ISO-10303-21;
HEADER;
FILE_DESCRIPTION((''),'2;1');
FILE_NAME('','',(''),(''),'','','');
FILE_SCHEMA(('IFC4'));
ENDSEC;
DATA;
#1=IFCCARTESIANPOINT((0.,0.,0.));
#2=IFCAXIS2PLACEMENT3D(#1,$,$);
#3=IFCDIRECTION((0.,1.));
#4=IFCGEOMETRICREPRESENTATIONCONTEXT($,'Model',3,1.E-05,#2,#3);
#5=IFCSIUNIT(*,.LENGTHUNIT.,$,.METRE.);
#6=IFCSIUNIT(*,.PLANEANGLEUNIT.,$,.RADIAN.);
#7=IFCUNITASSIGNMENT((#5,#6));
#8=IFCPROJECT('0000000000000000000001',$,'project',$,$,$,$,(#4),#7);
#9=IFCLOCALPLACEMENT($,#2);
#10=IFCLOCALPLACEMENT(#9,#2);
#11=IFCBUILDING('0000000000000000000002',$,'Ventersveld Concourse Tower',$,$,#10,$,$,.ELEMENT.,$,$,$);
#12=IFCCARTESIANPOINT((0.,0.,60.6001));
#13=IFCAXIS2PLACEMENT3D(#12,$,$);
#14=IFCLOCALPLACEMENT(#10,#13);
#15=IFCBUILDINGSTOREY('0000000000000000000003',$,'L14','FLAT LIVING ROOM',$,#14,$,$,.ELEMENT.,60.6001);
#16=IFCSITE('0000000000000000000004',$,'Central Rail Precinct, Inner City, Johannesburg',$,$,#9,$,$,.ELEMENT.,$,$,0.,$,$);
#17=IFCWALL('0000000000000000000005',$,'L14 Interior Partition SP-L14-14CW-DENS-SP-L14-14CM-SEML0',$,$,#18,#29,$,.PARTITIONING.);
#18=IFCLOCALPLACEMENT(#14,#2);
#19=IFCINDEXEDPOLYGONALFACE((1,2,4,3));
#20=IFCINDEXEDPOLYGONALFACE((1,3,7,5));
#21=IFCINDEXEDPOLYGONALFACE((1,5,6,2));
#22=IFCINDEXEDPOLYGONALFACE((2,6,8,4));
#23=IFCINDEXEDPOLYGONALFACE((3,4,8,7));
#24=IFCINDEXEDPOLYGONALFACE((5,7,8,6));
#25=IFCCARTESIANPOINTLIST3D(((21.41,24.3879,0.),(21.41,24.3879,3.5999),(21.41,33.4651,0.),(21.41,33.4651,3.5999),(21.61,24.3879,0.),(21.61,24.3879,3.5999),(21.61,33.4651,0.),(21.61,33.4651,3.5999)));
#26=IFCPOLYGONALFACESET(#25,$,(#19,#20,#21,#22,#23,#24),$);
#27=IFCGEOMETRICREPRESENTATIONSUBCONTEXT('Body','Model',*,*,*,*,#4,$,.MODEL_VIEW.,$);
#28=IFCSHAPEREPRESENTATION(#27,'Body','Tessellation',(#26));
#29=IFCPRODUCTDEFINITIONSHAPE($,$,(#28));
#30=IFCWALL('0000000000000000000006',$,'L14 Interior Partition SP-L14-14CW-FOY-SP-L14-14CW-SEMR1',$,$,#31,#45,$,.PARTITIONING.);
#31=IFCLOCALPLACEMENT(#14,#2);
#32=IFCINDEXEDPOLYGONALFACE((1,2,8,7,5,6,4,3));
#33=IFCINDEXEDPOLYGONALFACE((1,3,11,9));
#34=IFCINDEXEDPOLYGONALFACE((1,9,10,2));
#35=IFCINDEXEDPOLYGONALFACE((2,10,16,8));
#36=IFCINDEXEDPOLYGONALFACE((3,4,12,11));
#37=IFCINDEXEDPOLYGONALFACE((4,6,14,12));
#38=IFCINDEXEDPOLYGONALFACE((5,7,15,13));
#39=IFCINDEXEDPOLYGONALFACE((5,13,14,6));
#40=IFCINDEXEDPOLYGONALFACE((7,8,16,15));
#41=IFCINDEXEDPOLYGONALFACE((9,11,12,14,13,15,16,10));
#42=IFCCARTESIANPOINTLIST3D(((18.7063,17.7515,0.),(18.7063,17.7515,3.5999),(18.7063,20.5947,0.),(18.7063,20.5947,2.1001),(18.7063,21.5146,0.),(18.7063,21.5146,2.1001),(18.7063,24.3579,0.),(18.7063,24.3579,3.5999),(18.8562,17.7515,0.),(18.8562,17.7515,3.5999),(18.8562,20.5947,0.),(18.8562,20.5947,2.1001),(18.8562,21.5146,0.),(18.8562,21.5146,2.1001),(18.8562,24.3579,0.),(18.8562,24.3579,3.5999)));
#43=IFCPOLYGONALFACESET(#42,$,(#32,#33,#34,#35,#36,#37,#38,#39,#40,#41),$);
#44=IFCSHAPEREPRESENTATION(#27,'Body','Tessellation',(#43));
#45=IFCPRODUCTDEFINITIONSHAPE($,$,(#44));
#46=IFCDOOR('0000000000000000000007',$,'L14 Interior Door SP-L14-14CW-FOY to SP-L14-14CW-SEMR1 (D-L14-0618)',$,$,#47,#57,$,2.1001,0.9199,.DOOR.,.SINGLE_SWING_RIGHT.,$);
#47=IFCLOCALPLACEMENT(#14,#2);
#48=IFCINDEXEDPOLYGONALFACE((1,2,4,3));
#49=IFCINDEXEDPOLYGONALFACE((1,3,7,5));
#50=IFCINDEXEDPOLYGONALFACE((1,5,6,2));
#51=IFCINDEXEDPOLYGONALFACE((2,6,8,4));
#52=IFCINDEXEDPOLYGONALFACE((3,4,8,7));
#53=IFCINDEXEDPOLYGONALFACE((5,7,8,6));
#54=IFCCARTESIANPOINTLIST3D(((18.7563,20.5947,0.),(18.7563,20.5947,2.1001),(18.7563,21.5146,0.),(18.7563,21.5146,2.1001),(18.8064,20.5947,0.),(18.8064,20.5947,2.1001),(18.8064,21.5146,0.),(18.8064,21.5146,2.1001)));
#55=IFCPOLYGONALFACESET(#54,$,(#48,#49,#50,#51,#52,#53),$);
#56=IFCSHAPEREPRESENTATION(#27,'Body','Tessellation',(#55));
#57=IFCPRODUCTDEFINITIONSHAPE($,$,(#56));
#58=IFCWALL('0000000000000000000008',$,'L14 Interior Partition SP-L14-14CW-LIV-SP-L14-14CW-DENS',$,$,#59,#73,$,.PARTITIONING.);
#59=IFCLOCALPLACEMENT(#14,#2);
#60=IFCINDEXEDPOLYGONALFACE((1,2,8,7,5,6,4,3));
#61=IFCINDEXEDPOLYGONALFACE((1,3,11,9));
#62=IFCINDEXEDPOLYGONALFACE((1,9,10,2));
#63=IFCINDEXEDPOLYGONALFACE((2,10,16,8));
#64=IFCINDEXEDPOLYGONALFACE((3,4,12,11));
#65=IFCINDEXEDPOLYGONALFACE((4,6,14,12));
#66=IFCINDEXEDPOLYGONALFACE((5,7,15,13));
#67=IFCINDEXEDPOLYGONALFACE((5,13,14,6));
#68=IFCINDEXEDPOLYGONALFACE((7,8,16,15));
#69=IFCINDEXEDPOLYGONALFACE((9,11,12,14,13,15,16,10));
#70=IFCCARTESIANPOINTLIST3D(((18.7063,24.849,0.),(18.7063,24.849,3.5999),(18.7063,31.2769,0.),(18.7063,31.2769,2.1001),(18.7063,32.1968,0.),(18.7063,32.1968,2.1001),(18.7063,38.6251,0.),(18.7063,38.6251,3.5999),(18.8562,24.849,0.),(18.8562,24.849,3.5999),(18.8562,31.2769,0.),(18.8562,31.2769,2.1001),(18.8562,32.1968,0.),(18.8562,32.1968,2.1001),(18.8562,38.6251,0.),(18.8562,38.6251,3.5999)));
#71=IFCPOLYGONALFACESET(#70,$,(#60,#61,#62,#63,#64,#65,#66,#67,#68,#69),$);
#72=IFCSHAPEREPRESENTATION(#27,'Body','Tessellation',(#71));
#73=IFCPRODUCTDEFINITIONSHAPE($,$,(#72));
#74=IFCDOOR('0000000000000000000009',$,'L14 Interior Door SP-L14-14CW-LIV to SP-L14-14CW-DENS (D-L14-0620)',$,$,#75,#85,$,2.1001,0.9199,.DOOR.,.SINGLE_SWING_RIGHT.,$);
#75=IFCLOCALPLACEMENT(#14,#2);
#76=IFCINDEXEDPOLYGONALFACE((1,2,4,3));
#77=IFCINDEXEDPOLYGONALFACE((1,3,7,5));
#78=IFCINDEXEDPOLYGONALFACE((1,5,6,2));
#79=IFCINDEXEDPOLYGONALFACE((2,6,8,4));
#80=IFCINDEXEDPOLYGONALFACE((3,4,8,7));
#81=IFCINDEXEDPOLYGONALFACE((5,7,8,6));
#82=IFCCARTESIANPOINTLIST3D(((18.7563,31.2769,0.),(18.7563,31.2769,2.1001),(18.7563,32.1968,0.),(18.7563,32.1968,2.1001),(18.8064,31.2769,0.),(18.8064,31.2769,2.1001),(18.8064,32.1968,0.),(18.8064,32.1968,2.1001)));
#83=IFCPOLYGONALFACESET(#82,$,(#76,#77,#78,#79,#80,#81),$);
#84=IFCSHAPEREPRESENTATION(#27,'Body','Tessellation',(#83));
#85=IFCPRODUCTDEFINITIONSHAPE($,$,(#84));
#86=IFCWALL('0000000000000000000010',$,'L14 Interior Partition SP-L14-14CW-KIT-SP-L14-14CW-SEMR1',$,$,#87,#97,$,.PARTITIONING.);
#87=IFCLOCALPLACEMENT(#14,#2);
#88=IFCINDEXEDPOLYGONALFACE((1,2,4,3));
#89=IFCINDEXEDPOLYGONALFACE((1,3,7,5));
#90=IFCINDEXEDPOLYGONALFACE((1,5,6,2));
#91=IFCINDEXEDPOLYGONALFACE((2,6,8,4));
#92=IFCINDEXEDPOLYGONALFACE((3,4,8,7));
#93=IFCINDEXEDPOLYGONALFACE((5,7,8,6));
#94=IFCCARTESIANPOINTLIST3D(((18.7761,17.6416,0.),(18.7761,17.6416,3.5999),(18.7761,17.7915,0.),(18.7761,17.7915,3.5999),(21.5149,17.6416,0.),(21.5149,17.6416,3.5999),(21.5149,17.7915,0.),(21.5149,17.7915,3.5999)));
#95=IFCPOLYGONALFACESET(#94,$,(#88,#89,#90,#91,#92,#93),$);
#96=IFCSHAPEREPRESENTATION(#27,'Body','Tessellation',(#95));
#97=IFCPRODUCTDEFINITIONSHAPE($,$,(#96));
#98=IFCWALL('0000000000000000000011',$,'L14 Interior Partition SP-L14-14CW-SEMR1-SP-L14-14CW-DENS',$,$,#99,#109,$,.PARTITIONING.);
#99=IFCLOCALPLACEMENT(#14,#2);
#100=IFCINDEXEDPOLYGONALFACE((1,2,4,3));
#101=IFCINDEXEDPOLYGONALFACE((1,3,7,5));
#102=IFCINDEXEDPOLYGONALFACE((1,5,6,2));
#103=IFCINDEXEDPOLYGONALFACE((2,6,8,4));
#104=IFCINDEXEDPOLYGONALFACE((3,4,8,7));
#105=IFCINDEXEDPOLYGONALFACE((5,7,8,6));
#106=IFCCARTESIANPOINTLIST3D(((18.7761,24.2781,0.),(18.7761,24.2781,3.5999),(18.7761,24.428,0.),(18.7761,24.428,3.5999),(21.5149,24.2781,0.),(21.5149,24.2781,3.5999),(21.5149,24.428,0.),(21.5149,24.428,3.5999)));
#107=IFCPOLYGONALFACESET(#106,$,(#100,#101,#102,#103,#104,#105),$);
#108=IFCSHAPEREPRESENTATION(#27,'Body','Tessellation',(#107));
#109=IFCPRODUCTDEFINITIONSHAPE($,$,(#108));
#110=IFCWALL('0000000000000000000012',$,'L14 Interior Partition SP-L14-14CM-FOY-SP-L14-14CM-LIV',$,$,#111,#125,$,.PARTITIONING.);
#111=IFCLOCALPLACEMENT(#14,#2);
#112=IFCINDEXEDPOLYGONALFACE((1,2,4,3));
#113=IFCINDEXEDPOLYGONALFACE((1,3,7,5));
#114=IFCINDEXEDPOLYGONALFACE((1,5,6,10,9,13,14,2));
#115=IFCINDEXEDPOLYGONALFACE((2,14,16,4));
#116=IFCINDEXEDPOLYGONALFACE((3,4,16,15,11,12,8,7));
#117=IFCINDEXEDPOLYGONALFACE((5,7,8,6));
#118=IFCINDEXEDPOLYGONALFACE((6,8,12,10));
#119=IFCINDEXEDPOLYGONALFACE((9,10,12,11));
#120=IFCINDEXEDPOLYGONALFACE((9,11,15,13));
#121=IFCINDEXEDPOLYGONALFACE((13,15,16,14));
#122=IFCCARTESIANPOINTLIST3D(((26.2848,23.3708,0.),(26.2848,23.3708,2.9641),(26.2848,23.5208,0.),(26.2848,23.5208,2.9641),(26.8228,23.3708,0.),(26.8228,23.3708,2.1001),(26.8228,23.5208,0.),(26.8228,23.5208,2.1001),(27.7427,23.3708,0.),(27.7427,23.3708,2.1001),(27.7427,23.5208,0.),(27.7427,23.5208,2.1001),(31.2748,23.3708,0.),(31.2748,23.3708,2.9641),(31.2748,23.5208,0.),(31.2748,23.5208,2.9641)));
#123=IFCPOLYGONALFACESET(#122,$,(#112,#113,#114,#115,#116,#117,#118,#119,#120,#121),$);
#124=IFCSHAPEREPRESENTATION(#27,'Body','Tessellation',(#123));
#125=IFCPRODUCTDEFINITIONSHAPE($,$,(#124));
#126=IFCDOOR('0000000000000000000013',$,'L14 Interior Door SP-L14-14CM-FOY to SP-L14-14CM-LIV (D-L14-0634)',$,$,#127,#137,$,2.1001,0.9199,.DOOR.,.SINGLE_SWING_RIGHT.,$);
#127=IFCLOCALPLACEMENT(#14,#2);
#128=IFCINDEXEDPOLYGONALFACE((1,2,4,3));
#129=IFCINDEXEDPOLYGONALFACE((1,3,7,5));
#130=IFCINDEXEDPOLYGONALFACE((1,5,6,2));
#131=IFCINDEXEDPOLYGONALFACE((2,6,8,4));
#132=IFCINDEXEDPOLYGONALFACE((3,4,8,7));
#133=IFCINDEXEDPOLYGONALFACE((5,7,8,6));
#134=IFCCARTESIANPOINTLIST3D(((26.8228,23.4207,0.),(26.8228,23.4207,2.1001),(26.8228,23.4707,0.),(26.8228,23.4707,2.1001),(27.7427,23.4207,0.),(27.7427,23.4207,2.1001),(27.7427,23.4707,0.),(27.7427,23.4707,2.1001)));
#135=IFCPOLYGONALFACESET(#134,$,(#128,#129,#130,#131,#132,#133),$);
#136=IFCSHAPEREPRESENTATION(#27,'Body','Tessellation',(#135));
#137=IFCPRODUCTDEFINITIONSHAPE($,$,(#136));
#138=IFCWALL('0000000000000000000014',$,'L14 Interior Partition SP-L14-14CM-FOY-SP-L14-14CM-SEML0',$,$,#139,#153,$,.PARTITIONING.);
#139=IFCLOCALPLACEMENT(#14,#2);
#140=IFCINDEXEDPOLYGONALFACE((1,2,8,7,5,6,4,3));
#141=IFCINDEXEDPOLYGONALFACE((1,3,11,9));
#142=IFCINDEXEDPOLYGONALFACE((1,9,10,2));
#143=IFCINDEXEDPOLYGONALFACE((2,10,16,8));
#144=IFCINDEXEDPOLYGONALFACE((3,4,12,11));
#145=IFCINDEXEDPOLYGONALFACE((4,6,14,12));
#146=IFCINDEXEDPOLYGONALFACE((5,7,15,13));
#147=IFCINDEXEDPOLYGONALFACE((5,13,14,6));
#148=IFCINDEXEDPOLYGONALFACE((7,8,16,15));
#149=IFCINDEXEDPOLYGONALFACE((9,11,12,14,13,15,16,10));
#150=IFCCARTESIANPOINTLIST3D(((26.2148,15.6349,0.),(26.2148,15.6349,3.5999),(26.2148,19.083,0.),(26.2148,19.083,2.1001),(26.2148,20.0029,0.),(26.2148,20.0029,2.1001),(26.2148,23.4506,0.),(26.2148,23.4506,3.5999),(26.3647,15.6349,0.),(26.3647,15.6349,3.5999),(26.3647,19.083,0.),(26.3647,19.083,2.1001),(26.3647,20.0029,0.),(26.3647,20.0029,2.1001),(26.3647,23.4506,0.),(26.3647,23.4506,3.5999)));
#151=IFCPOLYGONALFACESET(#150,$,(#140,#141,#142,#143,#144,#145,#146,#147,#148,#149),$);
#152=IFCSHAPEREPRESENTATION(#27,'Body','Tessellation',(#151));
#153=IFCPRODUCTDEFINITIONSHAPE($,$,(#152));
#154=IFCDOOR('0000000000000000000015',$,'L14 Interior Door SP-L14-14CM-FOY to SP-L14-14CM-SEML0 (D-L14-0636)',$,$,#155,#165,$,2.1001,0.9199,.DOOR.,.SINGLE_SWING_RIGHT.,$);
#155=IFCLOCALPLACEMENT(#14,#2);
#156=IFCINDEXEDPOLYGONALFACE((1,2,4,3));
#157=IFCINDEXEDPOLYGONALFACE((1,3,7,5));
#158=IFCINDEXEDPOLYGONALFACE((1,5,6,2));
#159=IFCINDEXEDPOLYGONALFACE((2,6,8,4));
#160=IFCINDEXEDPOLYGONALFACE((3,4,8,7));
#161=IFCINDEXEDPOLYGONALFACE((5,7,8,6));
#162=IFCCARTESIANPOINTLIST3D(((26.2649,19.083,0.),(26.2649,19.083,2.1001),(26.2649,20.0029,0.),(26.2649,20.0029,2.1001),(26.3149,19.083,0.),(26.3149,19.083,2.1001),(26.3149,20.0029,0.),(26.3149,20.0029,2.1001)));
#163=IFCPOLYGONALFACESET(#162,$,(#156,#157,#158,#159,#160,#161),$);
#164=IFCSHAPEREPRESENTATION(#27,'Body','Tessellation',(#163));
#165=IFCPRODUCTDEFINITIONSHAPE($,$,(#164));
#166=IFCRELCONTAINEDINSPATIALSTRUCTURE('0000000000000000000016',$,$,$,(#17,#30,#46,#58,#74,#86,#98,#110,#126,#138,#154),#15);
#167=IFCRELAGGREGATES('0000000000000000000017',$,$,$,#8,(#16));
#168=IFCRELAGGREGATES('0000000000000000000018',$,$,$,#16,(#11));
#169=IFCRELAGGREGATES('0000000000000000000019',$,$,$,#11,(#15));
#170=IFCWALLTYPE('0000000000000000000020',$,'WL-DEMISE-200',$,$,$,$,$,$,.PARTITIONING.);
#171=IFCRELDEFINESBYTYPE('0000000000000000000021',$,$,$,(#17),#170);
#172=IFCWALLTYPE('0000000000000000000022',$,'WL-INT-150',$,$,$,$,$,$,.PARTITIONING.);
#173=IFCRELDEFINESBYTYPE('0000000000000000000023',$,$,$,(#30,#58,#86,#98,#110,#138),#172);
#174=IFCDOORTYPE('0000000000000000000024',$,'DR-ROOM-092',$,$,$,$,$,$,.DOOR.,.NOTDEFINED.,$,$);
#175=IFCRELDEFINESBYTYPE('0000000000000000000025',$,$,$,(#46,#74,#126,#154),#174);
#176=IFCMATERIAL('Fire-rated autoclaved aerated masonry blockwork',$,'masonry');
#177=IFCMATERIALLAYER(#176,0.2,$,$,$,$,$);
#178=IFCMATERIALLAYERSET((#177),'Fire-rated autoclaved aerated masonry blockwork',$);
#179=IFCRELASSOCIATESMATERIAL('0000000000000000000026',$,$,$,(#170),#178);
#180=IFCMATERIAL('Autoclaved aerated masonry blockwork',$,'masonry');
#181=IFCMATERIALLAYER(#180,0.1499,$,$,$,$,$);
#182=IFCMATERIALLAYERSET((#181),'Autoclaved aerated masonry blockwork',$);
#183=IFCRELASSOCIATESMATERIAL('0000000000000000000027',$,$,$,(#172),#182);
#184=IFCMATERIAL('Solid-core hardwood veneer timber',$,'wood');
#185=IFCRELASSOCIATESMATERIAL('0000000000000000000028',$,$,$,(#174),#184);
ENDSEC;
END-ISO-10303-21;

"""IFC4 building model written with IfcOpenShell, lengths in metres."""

from ifc_helpers import new_model, si_unit, direction, frame, frame_2d, origin, place, context, subcontext, project, spatial, rectangle, extrude, material, layer, layer_set, type_object, element, fill, save


model = new_model("IFC4")

# Units and contexts
model_context = context("Model", 3, precision=1e-05, world=origin(), true_north=direction((0.0, 1.0)))
body_context = subcontext(model_context, "Body", "Model", "MODEL_VIEW")
ifc_project = project(units=[si_unit("LENGTHUNIT", "METRE"), si_unit("PLANEANGLEUNIT", "RADIAN")], contexts=[model_context])

# Site, building, storey
site_placement = place(None, origin())
site = spatial("IfcSite", under=ifc_project, at=site_placement, Name="Central Rail Precinct, Inner City, Johannesburg", CompositionType="ELEMENT", RefElevation=0.0)
building_placement = place(site_placement, origin())
building = spatial("IfcBuilding", under=site, at=building_placement, Name="Ventersveld Concourse Tower", CompositionType="ELEMENT")
storey_placement = place(building_placement, frame((0.0, 0.0, 60.6001)))
storey = spatial("IfcBuildingStorey", under=building, at=storey_placement, Name="L14", Description="FLAT LIVING ROOM", CompositionType="ELEMENT", Elevation=60.6001)

# Shared definitions
ifc_material_1 = material(Name="Fire-rated autoclaved aerated masonry blockwork", Category="masonry")

# Shared definitions
ifc_material_2 = material(Name="Solid-core hardwood veneer timber", Category="wood")

# Wall
ifc_layer_1 = layer(ifc_material_1, 0.2)
ifc_layer_set_1 = layer_set([ifc_layer_1], Name="Fire-rated autoclaved aerated masonry blockwork")
wall_type_1 = type_object("IfcWallType", Name="WL-DEMISE-200", PredefinedType="PARTITIONING", material=ifc_layer_set_1)
wall_1_placement = place(storey_placement, frame((21.51, 24.3879, 0.0), z_axis=(0.0, 0.0, 1.0), x_axis=(0.0, 1.0, 0.0)))
element("IfcWall", 1, at=wall_1_placement, inside=storey, type_object=wall_type_1, Name="L14 Interior Partition SP-L14-14CW-DENS-SP-L14-14CM-SEML0", PredefinedType="PARTITIONING", context=body_context, shape_type="SweptSolid", body=[
    extrude(rectangle(XDim=9.0771, YDim=0.2, at=frame_2d((4.5386, 0.0))), origin(), (0.0, 0.0, 1.0), 3.5999),
])

# Walls, openings, doors
ifc_material_3 = material(Name="Autoclaved aerated masonry blockwork", Category="masonry")
ifc_layer_2 = layer(ifc_material_3, 0.1499)
ifc_layer_set_2 = layer_set([ifc_layer_2], Name="Autoclaved aerated masonry blockwork")
wall_type_2 = type_object("IfcWallType", Name="WL-INT-150", PredefinedType="PARTITIONING", material=ifc_layer_set_2)
wall_2_placement = place(storey_placement, frame((18.7812, 17.7515, 0.0), z_axis=(0.0, 0.0, 1.0), x_axis=(0.0, 1.0, 0.0)))
wall_2 = element("IfcWall", 2, at=wall_2_placement, inside=storey, type_object=wall_type_2, Name="L14 Interior Partition SP-L14-14CW-FOY-SP-L14-14CW-SEMR1", PredefinedType="PARTITIONING", context=body_context, shape_type="SweptSolid", body=[
    extrude(rectangle(XDim=6.6064, YDim=0.1499, at=frame_2d((3.3032, 0.0))), origin(), (0.0, 0.0, 1.0), 3.5999),
])
opening_1_placement = place(wall_2_placement, frame((2.8433, 0.0, 0.0)))
opening_1 = element("IfcOpeningElement", 3, at=opening_1_placement, cuts=wall_2, PredefinedType="OPENING", context=body_context, shape_type="SweptSolid", body=[
    extrude(rectangle(XDim=0.9199, YDim=2.1001, at=frame_2d((0.46, 1.05))), frame((0.0, 0.085, 0.0), z_axis=(0.0, -1.0, 0.0), x_axis=(1.0, 0.0, 0.0)), (0.0, 0.0, 1.0), 0.1699),
])
door_type_1 = type_object("IfcDoorType", Name="DR-ROOM-092", OperationType="NOTDEFINED", PredefinedType="DOOR", material=ifc_material_2)
door_1_placement = place(opening_1_placement, origin())
door_1 = element("IfcDoor", 4, at=door_1_placement, inside=storey, type_object=door_type_1, Name="L14 Interior Door SP-L14-14CW-FOY to SP-L14-14CW-SEMR1 (D-L14-0618)", OperationType="SINGLE_SWING_RIGHT", OverallHeight=2.1001, OverallWidth=0.9199, PredefinedType="DOOR", context=body_context, shape_type="SweptSolid", body=[
    extrude(rectangle(XDim=0.9199, YDim=2.1001, at=frame_2d((0.46, 1.05))), frame((0.0, 0.0249, 0.0), z_axis=(0.0, -1.0, 0.0), x_axis=(1.0, 0.0, 0.0)), (0.0, 0.0, 1.0), 0.05),
])
fill(opening_1, door_1)
wall_3_placement = place(storey_placement, frame((18.7812, 24.8489, 0.0), z_axis=(0.0, 0.0, 1.0), x_axis=(0.0, 1.0, 0.0)))
wall_3 = element("IfcWall", 5, at=wall_3_placement, inside=storey, type_object=wall_type_2, Name="L14 Interior Partition SP-L14-14CW-LIV-SP-L14-14CW-DENS", PredefinedType="PARTITIONING", context=body_context, shape_type="SweptSolid", body=[
    extrude(rectangle(XDim=13.7761, YDim=0.1499, at=frame_2d((6.8882, 0.0))), origin(), (0.0, 0.0, 1.0), 3.5999),
])
opening_2_placement = place(wall_3_placement, frame((6.428, 0.0, 0.0)))
opening_2 = element("IfcOpeningElement", 6, at=opening_2_placement, cuts=wall_3, PredefinedType="OPENING", context=body_context, shape_type="SweptSolid", body=[
    extrude(rectangle(XDim=0.9199, YDim=2.1001, at=frame_2d((0.46, 1.05))), frame((0.0, 0.085, 0.0), z_axis=(0.0, -1.0, 0.0), x_axis=(1.0, 0.0, 0.0)), (0.0, 0.0, 1.0), 0.1699),
])
door_2_placement = place(opening_2_placement, origin())
door_2 = element("IfcDoor", 7, at=door_2_placement, inside=storey, type_object=door_type_1, Name="L14 Interior Door SP-L14-14CW-LIV to SP-L14-14CW-DENS (D-L14-0620)", OperationType="SINGLE_SWING_RIGHT", OverallHeight=2.1001, OverallWidth=0.9199, PredefinedType="DOOR", context=body_context, shape_type="SweptSolid", body=[
    extrude(rectangle(XDim=0.9199, YDim=2.1001, at=frame_2d((0.46, 1.05))), frame((0.0, 0.0249, 0.0), z_axis=(0.0, -1.0, 0.0), x_axis=(1.0, 0.0, 0.0)), (0.0, 0.0, 1.0), 0.05),
])
fill(opening_2, door_2)

# Walls
for number, where, z_axis, x_axis, name in (
    (8, (18.7761, 17.7166, 0.0), (0.0, 0.0, 1.0), (1.0, 0.0, 0.0), "L14 Interior Partition SP-L14-14CW-KIT-SP-L14-14CW-SEMR1"),
    (9, (18.7761, 24.353, 0.0), (0.0, 0.0, 1.0), (1.0, 0.0, 0.0), "L14 Interior Partition SP-L14-14CW-SEMR1-SP-L14-14CW-DENS"),
):
    element("IfcWall", number, at=place(storey_placement, frame(where, z_axis=z_axis, x_axis=x_axis)), inside=storey, type_object=wall_type_2, Name=name, PredefinedType="PARTITIONING", context=body_context, shape_type="SweptSolid", body=[
        extrude(rectangle(XDim=2.7388, YDim=0.1499, at=frame_2d((1.3694, 0.0))), origin(), (0.0, 0.0, 1.0), 3.5999),
    ])

# Walls, openings, doors
wall_4_placement = place(storey_placement, frame((26.2847, 23.4458, 0.0), z_axis=(0.0, 0.0, 1.0), x_axis=(1.0, 0.0, 0.0)))
wall_4 = element("IfcWall", 10, at=wall_4_placement, inside=storey, type_object=wall_type_2, Name="L14 Interior Partition SP-L14-14CM-FOY-SP-L14-14CM-LIV", PredefinedType="PARTITIONING", context=body_context, shape_type="SweptSolid", body=[
    extrude(rectangle(XDim=4.99, YDim=0.1499, at=frame_2d((2.4951, 0.0))), origin(), (0.0, 0.0, 1.0), 2.9641),
])
opening_3_placement = place(wall_4_placement, frame((0.5381, 0.0, 0.0)))
opening_3 = element("IfcOpeningElement", 11, at=opening_3_placement, cuts=wall_4, PredefinedType="OPENING", context=body_context, shape_type="SweptSolid", body=[
    extrude(rectangle(XDim=0.9199, YDim=2.1001, at=frame_2d((0.46, 1.05))), frame((0.0, 0.085, 0.0), z_axis=(0.0, -1.0, 0.0), x_axis=(1.0, 0.0, 0.0)), (0.0, 0.0, 1.0), 0.1699),
])
door_3_placement = place(opening_3_placement, origin())
door_3 = element("IfcDoor", 12, at=door_3_placement, inside=storey, type_object=door_type_1, Name="L14 Interior Door SP-L14-14CM-FOY to SP-L14-14CM-LIV (D-L14-0634)", OperationType="SINGLE_SWING_RIGHT", OverallHeight=2.1001, OverallWidth=0.9199, PredefinedType="DOOR", context=body_context, shape_type="SweptSolid", body=[
    extrude(rectangle(XDim=0.9199, YDim=2.1001, at=frame_2d((0.46, 1.05))), frame((0.0, 0.0249, 0.0), z_axis=(0.0, -1.0, 0.0), x_axis=(1.0, 0.0, 0.0)), (0.0, 0.0, 1.0), 0.05),
])
fill(opening_3, door_3)
wall_5_placement = place(storey_placement, frame((26.2898, 15.635, 0.0), z_axis=(0.0, 0.0, 1.0), x_axis=(0.0, 1.0, 0.0)))
wall_5 = element("IfcWall", 13, at=wall_5_placement, inside=storey, type_object=wall_type_2, Name="L14 Interior Partition SP-L14-14CM-FOY-SP-L14-14CM-SEML0", PredefinedType="PARTITIONING", context=body_context, shape_type="SweptSolid", body=[
    extrude(rectangle(XDim=7.8157, YDim=0.1499, at=frame_2d((3.9077, 0.0))), origin(), (0.0, 0.0, 1.0), 3.5999),
])
opening_4_placement = place(wall_5_placement, frame((3.448, 0.0, 0.0)))
opening_4 = element("IfcOpeningElement", 14, at=opening_4_placement, cuts=wall_5, PredefinedType="OPENING", context=body_context, shape_type="SweptSolid", body=[
    extrude(rectangle(XDim=0.9199, YDim=2.1001, at=frame_2d((0.46, 1.05))), frame((0.0, 0.085, 0.0), z_axis=(0.0, -1.0, 0.0), x_axis=(1.0, 0.0, 0.0)), (0.0, 0.0, 1.0), 0.1699),
])
door_4_placement = place(opening_4_placement, origin())
door_4 = element("IfcDoor", 15, at=door_4_placement, inside=storey, type_object=door_type_1, Name="L14 Interior Door SP-L14-14CM-FOY to SP-L14-14CM-SEML0 (D-L14-0636)", OperationType="SINGLE_SWING_RIGHT", OverallHeight=2.1001, OverallWidth=0.9199, PredefinedType="DOOR", context=body_context, shape_type="SweptSolid", body=[
    extrude(rectangle(XDim=0.9199, YDim=2.1001, at=frame_2d((0.46, 1.05))), frame((0.0, 0.0249, 0.0), z_axis=(0.0, -1.0, 0.0), x_axis=(1.0, 0.0, 0.0)), (0.0, 0.0, 1.0), 0.05),
])
fill(opening_4, door_4)

save(model, "model.ifc")
